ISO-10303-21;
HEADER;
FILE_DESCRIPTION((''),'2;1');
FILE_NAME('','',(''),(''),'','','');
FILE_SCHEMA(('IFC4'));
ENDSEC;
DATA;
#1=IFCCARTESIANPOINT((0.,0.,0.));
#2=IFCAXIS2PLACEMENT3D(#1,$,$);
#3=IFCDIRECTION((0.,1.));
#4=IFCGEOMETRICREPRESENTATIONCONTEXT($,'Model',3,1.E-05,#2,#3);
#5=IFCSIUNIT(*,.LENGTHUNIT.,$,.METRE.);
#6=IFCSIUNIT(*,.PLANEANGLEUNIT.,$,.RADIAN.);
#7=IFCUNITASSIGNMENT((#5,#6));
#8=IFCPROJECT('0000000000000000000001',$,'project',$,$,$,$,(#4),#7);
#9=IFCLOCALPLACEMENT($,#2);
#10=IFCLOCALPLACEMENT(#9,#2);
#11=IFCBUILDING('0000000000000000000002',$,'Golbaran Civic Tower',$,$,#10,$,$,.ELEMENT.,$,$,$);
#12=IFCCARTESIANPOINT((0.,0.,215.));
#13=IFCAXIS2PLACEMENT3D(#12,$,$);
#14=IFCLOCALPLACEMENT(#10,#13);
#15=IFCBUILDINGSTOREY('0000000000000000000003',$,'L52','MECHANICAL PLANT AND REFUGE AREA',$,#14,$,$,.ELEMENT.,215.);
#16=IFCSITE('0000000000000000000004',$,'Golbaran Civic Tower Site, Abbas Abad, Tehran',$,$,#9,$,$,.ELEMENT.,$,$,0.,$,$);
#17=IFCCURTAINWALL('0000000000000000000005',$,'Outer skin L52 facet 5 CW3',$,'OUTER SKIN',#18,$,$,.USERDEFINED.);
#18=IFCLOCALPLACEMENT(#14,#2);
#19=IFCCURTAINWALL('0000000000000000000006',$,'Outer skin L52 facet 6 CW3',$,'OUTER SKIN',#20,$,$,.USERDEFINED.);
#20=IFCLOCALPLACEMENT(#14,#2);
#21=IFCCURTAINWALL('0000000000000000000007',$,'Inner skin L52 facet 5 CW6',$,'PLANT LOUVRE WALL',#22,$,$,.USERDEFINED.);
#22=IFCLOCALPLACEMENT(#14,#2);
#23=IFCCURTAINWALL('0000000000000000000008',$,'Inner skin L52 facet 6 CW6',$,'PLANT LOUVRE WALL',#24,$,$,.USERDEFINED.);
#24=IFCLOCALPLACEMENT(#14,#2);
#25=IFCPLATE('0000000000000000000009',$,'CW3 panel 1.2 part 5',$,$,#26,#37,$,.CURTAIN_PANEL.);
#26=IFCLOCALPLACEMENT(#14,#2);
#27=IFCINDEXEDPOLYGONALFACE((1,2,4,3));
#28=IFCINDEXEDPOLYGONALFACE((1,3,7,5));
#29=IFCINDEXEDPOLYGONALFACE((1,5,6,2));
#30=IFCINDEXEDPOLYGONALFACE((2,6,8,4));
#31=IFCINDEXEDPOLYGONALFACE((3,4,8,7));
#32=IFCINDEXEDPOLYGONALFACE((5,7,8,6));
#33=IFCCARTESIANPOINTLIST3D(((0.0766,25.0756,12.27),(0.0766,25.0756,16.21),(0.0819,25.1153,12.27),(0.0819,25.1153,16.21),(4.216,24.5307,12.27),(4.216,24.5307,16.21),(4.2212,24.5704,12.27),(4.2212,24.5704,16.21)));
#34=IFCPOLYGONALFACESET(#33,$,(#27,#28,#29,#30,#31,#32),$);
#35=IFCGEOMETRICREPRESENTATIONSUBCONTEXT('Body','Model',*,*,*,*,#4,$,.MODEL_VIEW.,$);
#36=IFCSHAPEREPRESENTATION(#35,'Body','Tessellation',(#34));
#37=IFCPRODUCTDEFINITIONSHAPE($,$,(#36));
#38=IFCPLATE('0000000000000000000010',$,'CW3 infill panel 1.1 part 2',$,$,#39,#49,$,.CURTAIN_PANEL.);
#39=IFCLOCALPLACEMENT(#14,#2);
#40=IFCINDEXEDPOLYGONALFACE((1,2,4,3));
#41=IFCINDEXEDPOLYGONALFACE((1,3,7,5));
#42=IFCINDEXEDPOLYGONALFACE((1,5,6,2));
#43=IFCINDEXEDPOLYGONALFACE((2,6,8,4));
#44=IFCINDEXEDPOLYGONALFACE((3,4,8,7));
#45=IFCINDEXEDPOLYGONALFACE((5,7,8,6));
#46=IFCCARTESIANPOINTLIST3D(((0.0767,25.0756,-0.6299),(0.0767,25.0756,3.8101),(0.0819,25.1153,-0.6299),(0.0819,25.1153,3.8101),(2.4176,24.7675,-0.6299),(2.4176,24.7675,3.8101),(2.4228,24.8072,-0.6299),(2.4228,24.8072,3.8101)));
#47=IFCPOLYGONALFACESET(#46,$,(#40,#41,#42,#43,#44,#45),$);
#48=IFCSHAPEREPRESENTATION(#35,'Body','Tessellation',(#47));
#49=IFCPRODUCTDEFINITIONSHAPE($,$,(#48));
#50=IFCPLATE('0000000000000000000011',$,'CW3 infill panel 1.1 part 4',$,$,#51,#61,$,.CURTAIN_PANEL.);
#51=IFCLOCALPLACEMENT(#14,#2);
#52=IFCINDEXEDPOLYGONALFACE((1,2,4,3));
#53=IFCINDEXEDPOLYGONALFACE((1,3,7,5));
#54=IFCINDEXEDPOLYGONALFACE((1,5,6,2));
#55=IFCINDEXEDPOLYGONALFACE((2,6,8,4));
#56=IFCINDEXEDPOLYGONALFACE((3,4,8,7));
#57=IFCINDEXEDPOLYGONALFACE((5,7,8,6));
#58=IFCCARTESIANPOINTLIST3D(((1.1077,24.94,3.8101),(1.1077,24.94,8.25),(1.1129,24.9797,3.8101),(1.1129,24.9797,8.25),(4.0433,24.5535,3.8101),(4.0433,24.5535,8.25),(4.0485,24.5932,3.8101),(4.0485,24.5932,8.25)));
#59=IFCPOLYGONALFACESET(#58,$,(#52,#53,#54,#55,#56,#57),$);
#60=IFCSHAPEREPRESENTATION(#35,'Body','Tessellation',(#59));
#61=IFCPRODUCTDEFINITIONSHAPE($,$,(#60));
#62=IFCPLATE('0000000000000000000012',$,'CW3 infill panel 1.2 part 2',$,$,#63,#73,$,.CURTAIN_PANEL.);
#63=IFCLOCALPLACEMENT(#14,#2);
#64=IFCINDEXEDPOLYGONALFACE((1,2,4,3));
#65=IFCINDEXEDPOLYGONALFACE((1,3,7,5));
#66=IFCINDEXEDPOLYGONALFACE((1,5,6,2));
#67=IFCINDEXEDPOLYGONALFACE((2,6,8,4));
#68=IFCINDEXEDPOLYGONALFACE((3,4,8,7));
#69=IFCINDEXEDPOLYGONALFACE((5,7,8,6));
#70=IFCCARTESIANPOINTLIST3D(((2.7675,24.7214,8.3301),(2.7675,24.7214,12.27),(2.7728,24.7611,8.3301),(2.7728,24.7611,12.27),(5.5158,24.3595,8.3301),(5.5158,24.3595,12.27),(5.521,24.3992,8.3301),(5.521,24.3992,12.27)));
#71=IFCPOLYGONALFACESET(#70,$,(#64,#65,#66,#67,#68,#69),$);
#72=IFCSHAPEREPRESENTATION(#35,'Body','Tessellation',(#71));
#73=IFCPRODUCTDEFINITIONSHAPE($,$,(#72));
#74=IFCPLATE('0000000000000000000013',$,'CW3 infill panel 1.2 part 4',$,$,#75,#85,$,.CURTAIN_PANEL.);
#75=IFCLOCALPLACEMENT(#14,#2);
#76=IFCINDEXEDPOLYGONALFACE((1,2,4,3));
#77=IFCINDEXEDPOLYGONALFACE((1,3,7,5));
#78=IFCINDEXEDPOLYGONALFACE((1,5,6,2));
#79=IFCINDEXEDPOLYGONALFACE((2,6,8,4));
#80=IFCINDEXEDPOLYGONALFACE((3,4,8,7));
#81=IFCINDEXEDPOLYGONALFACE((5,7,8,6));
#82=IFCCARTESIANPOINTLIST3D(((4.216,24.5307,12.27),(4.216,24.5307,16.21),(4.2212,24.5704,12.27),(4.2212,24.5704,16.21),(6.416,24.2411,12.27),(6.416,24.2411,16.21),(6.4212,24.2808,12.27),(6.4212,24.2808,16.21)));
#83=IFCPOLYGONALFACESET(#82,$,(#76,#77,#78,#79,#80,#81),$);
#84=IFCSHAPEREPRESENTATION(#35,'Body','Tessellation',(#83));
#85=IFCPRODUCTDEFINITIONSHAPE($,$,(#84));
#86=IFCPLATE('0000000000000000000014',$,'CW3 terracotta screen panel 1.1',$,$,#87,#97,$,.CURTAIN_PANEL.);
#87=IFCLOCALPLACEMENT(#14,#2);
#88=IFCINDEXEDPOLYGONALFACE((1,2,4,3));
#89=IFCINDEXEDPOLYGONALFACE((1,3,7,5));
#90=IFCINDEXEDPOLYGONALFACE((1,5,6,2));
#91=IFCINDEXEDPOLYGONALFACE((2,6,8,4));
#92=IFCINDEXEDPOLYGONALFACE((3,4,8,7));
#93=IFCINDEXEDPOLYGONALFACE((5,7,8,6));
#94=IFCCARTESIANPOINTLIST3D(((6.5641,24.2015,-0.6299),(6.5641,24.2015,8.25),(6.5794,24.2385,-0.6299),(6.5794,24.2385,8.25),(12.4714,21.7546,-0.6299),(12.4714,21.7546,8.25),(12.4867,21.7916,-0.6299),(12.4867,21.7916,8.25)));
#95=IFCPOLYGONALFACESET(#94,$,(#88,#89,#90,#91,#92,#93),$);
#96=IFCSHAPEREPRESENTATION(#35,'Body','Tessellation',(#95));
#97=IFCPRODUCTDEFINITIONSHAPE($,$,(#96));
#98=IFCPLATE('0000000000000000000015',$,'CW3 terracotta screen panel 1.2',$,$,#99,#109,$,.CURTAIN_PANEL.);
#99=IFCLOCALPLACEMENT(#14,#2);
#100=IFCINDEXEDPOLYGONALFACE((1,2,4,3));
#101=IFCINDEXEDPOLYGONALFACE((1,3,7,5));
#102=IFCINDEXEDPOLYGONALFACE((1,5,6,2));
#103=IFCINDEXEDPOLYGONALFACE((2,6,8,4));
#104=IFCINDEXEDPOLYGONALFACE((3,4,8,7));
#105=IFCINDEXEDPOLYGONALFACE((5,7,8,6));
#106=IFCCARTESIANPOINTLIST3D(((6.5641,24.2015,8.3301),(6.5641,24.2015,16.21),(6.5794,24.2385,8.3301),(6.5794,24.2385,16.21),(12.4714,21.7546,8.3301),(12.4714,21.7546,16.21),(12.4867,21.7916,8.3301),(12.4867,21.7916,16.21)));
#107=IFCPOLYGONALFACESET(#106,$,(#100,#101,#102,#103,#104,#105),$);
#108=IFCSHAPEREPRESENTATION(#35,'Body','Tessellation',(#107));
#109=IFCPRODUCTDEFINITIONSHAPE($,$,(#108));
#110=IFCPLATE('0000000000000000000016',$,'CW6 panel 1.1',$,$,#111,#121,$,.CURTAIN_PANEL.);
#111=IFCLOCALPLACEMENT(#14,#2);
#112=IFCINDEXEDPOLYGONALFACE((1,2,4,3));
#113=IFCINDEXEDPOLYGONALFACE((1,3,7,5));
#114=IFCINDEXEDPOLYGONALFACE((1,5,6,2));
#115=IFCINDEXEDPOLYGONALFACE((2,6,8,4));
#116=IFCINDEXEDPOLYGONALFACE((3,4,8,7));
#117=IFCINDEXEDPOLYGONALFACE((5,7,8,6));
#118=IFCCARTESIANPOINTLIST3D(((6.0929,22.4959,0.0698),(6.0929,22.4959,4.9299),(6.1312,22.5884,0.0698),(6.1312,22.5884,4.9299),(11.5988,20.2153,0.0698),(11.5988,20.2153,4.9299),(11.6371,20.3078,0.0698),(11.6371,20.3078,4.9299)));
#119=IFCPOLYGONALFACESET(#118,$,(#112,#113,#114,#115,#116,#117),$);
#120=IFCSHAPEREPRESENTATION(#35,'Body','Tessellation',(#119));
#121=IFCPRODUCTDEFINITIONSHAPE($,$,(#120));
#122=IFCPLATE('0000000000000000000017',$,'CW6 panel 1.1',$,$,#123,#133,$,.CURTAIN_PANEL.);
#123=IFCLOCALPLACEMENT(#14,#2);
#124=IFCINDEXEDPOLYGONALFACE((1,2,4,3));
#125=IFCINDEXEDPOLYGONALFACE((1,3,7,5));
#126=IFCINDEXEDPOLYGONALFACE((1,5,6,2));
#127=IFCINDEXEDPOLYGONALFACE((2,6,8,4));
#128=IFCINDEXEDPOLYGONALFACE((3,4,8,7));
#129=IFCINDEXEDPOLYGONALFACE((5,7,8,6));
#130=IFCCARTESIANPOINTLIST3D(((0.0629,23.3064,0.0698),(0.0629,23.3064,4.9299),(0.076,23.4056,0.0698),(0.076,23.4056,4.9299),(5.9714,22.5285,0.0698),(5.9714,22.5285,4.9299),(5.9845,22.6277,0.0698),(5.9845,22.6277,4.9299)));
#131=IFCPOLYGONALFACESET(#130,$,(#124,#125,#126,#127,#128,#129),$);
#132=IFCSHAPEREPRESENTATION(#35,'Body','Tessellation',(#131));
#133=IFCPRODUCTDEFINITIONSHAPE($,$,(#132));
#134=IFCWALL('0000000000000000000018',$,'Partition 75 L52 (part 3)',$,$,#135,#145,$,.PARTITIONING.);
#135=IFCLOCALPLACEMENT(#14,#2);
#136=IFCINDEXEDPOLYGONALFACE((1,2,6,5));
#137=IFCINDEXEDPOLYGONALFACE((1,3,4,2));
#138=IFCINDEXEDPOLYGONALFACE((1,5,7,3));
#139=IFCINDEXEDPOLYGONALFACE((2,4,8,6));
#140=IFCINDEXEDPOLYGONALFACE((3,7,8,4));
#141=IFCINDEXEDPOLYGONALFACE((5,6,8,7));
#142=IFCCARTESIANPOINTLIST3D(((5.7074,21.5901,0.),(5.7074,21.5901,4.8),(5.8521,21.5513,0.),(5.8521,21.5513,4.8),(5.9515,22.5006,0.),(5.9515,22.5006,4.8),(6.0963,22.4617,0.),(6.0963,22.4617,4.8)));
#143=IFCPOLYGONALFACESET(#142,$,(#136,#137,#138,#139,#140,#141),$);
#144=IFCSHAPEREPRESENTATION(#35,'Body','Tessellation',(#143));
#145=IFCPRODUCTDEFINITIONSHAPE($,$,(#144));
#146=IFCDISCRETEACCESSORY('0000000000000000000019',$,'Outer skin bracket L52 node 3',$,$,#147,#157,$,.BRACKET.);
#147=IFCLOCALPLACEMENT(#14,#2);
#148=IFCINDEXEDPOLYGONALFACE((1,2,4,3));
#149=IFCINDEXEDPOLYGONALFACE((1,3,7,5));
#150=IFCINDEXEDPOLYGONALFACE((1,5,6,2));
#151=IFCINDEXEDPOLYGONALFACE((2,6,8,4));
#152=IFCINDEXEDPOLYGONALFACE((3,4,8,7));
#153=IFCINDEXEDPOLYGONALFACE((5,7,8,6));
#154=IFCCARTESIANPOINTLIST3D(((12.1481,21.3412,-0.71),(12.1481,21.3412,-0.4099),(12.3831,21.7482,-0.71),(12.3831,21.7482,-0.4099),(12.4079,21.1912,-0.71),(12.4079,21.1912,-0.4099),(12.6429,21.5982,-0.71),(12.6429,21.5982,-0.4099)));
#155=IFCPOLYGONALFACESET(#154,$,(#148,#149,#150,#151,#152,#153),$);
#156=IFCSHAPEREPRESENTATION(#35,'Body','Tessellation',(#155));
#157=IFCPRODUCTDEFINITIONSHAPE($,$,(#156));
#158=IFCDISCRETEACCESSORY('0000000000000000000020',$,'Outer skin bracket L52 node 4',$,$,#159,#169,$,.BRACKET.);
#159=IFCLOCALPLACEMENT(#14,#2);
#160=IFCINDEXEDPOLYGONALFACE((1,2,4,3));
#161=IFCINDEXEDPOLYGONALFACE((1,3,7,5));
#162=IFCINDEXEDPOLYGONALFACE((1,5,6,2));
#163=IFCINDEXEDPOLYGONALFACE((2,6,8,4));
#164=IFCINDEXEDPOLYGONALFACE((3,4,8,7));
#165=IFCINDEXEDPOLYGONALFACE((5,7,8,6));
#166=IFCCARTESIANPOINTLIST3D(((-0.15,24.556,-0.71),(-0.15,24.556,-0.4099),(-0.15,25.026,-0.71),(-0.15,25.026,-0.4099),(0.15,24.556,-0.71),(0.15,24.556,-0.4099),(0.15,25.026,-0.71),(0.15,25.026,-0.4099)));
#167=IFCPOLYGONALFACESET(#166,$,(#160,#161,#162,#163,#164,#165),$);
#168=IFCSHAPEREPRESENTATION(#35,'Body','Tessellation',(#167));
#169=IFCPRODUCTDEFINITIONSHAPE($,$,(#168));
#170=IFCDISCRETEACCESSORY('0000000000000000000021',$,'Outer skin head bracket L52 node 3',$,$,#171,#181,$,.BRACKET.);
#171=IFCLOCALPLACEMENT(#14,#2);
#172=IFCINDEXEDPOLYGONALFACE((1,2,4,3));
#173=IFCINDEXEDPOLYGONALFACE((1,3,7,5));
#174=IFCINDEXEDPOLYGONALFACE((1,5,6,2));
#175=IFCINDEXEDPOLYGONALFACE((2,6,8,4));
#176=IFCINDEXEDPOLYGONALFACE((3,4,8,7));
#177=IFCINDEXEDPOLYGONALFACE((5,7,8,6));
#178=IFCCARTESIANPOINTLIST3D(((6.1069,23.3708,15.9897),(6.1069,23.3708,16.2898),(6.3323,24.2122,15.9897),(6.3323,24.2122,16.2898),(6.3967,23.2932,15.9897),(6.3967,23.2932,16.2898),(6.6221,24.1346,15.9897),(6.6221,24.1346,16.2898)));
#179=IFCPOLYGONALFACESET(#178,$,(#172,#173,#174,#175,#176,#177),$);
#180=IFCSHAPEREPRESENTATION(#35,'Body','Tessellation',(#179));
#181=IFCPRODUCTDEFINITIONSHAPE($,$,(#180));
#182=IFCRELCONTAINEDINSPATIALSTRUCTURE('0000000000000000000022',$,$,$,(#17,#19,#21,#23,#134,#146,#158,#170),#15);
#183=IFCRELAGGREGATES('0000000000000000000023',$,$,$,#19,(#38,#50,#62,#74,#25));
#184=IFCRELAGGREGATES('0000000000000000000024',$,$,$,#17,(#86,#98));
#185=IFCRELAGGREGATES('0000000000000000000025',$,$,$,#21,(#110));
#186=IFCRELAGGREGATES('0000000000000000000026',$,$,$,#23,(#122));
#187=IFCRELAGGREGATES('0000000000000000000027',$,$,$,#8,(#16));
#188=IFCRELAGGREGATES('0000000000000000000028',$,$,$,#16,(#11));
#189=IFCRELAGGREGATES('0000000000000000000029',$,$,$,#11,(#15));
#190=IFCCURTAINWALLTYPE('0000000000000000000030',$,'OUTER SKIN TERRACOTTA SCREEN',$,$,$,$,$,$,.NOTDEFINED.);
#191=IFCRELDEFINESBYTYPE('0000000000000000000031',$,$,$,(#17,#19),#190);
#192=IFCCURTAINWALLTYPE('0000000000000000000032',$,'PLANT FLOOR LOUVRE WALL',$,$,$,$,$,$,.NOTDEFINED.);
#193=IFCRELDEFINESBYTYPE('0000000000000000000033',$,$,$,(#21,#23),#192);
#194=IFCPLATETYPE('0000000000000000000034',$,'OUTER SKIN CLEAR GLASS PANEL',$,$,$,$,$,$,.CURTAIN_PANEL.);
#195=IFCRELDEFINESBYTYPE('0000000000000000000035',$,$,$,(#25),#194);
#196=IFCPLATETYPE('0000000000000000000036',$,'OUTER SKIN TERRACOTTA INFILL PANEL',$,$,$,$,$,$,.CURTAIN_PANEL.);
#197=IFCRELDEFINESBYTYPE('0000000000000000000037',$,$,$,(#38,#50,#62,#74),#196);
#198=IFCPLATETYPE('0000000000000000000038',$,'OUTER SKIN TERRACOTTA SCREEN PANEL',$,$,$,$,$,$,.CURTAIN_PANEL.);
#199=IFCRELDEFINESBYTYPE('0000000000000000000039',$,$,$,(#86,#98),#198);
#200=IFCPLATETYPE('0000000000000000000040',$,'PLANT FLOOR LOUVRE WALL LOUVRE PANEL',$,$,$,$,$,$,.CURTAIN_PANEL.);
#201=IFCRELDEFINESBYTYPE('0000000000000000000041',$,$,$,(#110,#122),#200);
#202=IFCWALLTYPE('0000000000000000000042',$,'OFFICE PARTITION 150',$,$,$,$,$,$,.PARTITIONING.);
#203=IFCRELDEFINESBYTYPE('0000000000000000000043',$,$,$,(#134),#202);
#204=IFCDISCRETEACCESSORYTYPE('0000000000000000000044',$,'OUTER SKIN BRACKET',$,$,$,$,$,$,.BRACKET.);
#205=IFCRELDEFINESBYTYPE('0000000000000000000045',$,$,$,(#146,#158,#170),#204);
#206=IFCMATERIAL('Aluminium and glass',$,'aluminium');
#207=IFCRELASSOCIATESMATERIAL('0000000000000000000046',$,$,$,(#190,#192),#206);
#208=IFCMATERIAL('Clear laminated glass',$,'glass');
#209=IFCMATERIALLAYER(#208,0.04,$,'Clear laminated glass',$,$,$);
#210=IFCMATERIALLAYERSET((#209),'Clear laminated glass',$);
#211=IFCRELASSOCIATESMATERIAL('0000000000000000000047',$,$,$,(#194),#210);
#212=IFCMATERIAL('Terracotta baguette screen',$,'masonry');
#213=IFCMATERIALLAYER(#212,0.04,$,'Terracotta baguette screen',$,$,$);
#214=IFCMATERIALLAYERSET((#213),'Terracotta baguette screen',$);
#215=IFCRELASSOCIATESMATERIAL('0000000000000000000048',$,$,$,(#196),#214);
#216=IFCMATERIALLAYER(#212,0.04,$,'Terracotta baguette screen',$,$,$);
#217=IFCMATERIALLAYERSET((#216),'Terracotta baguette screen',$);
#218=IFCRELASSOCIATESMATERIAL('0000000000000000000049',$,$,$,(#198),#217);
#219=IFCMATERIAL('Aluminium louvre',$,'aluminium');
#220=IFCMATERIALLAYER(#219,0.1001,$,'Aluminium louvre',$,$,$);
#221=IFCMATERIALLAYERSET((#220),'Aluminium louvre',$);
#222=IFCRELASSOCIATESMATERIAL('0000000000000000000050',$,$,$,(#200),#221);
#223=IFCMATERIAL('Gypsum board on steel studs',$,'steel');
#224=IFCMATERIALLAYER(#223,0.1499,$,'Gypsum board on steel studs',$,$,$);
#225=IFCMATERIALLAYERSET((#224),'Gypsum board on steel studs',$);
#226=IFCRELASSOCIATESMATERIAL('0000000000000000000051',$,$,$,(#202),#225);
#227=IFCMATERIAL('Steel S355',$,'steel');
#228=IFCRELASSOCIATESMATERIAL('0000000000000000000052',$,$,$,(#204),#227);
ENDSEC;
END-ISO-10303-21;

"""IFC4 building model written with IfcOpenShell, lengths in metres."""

from ifc_helpers import new_model, si_unit, direction, frame, frame_2d, origin, origin_2d, place, context, subcontext, project, spatial, rectangle, extrude, material, layer, layer_set, type_object, element, aggregate, save


model = new_model("IFC4")

# Units and contexts
model_context = context("Model", 3, precision=1e-05, world=origin(), true_north=direction((0.0, 1.0)))
body_context = subcontext(model_context, "Body", "Model", "MODEL_VIEW")
ifc_project = project(units=[si_unit("LENGTHUNIT", "METRE"), si_unit("PLANEANGLEUNIT", "RADIAN")], contexts=[model_context])

# Site, building, storey
site_placement = place(None, origin())
site = spatial("IfcSite", under=ifc_project, at=site_placement, Name="Golbaran Civic Tower Site, Abbas Abad, Tehran", CompositionType="ELEMENT", RefElevation=0.0)
building_placement = place(site_placement, origin())
building = spatial("IfcBuilding", under=site, at=building_placement, Name="Golbaran Civic Tower", CompositionType="ELEMENT")
storey_placement = place(building_placement, frame((0.0, 0.0, 215.0)))
storey = spatial("IfcBuildingStorey", under=building, at=storey_placement, Name="L52", Description="MECHANICAL PLANT AND REFUGE AREA", CompositionType="ELEMENT", Elevation=215.0)

# Shared definitions
ifc_material_1 = material(Name="Steel S355", Category="steel")

# Shared definitions
ifc_material_2 = material(Name="Aluminium and glass", Category="aluminium")
curtain_wall_type_1 = type_object("IfcCurtainWallType", Name="OUTER SKIN TERRACOTTA SCREEN", PredefinedType="NOTDEFINED", material=ifc_material_2)

# Curtain walls
curtain_wall_1_placement = place(storey_placement, origin())
curtain_wall_1 = element("IfcCurtainWall", 1, at=curtain_wall_1_placement, inside=storey, type_object=curtain_wall_type_1, Name="Outer skin L52 facet 5 CW3", ObjectType="OUTER SKIN", PredefinedType="USERDEFINED")
curtain_wall_2_placement = place(storey_placement, origin())
curtain_wall_2 = element("IfcCurtainWall", 2, at=curtain_wall_2_placement, inside=storey, type_object=curtain_wall_type_1, Name="Outer skin L52 facet 6 CW3", ObjectType="OUTER SKIN", PredefinedType="USERDEFINED")

# Curtain wall
curtain_wall_type_2 = type_object("IfcCurtainWallType", Name="PLANT FLOOR LOUVRE WALL", PredefinedType="NOTDEFINED", material=ifc_material_2)
curtain_wall_3_placement = place(storey_placement, origin())
curtain_wall_3 = element("IfcCurtainWall", 3, at=curtain_wall_3_placement, inside=storey, type_object=curtain_wall_type_2, Name="Inner skin L52 facet 5 CW6", ObjectType="PLANT LOUVRE WALL", PredefinedType="USERDEFINED")

# Curtain wall
curtain_wall_4_placement = place(storey_placement, origin())
curtain_wall_4 = element("IfcCurtainWall", 4, at=curtain_wall_4_placement, inside=storey, type_object=curtain_wall_type_2, Name="Inner skin L52 facet 6 CW6", ObjectType="PLANT LOUVRE WALL", PredefinedType="USERDEFINED")

# Plates
ifc_material_3 = material(Name="Clear laminated glass", Category="glass")
ifc_layer_1 = layer(ifc_material_3, 0.04, Name="Clear laminated glass")
ifc_layer_set_1 = layer_set([ifc_layer_1], Name="Clear laminated glass")
plate_type_1 = type_object("IfcPlateType", Name="OUTER SKIN CLEAR GLASS PANEL", PredefinedType="CURTAIN_PANEL", material=ifc_layer_set_1)
plate_1_placement = place(storey_placement, frame((2.1489, 24.823, 12.27), z_axis=(0.0, 0.0, 1.0), x_axis=(-0.991445, 0.130526, 0.0)))
plate_1 = element("IfcPlate", 5, at=plate_1_placement, type_object=plate_type_1, Name="CW3 panel 1.2 part 5", PredefinedType="CURTAIN_PANEL", context=body_context, shape_type="SweptSolid", body=[
    extrude(rectangle(XDim=4.175, YDim=0.04, at=origin_2d()), origin(), (0.0, 0.0, 1.0), 3.9399),
])
ifc_material_4 = material(Name="Terracotta baguette screen", Category="masonry")
ifc_layer_2 = layer(ifc_material_4, 0.04, Name="Terracotta baguette screen")
ifc_layer_set_2 = layer_set([ifc_layer_2], Name="Terracotta baguette screen")
plate_type_2 = type_object("IfcPlateType", Name="OUTER SKIN TERRACOTTA INFILL PANEL", PredefinedType="CURTAIN_PANEL", material=ifc_layer_set_2)
plate_2_placement = place(storey_placement, frame((1.2498, 24.9414, -0.6299), z_axis=(0.0, 0.0, 1.0), x_axis=(-0.991445, 0.130526, 0.0)))
plate_2 = element("IfcPlate", 6, at=plate_2_placement, type_object=plate_type_2, Name="CW3 infill panel 1.1 part 2", PredefinedType="CURTAIN_PANEL", context=body_context, shape_type="SweptSolid", body=[
    extrude(rectangle(XDim=2.3611, YDim=0.04, at=origin_2d()), origin(), (0.0, 0.0, 1.0), 4.4399),
])
plate_3_placement = place(storey_placement, frame((2.5781, 24.7666, 3.8101), z_axis=(0.0, 0.0, 1.0), x_axis=(-0.991445, 0.130526, 0.0)))
plate_3 = element("IfcPlate", 7, at=plate_3_placement, type_object=plate_type_2, Name="CW3 infill panel 1.1 part 4", PredefinedType="CURTAIN_PANEL", context=body_context, shape_type="SweptSolid", body=[
    extrude(rectangle(XDim=2.9609, YDim=0.04, at=origin_2d()), origin(), (0.0, 0.0, 1.0), 4.4399),
])
plate_4_placement = place(storey_placement, frame((4.1443, 24.5603, 8.3301), z_axis=(0.0, 0.0, 1.0), x_axis=(-0.991445, 0.130526, 0.0)))
plate_4 = element("IfcPlate", 8, at=plate_4_placement, type_object=plate_type_2, Name="CW3 infill panel 1.2 part 2", PredefinedType="CURTAIN_PANEL", context=body_context, shape_type="SweptSolid", body=[
    extrude(rectangle(XDim=2.772, YDim=0.04, at=origin_2d()), origin(), (0.0, 0.0, 1.0), 3.9399),
])
plate_5_placement = place(storey_placement, frame((5.3186, 24.4058, 12.27), z_axis=(0.0, 0.0, 1.0), x_axis=(-0.991445, 0.130526, 0.0)))
plate_5 = element("IfcPlate", 9, at=plate_5_placement, type_object=plate_type_2, Name="CW3 infill panel 1.2 part 4", PredefinedType="CURTAIN_PANEL", context=body_context, shape_type="SweptSolid", body=[
    extrude(rectangle(XDim=2.219, YDim=0.04, at=origin_2d()), origin(), (0.0, 0.0, 1.0), 3.9399),
])
aggregate(curtain_wall_2, [plate_2, plate_3, plate_4, plate_5, plate_1])
ifc_layer_3 = layer(ifc_material_4, 0.04, Name="Terracotta baguette screen")
ifc_layer_set_3 = layer_set([ifc_layer_3], Name="Terracotta baguette screen")
plate_type_3 = type_object("IfcPlateType", Name="OUTER SKIN TERRACOTTA SCREEN PANEL", PredefinedType="CURTAIN_PANEL", material=ifc_layer_set_3)
plate_6_placement = place(storey_placement, frame((9.5254, 22.9966, -0.6299), z_axis=(0.0, 0.0, 1.0), x_axis=(-0.92388, 0.382683, 0.0)))
plate_6 = element("IfcPlate", 10, at=plate_6_placement, type_object=plate_type_3, Name="CW3 terracotta screen panel 1.1", PredefinedType="CURTAIN_PANEL", context=body_context, shape_type="SweptSolid", body=[
    extrude(rectangle(XDim=6.394, YDim=0.04, at=origin_2d()), origin(), (0.0, 0.0, 1.0), 8.8799),
])
plate_7_placement = place(storey_placement, frame((9.5254, 22.9966, 8.3301), z_axis=(0.0, 0.0, 1.0), x_axis=(-0.92388, 0.382683, 0.0)))
plate_7 = element("IfcPlate", 11, at=plate_7_placement, type_object=plate_type_3, Name="CW3 terracotta screen panel 1.2", PredefinedType="CURTAIN_PANEL", context=body_context, shape_type="SweptSolid", body=[
    extrude(rectangle(XDim=6.394, YDim=0.04, at=origin_2d()), origin(), (0.0, 0.0, 1.0), 7.8799),
])
aggregate(curtain_wall_1, [plate_6, plate_7])
ifc_material_5 = material(Name="Aluminium louvre", Category="aluminium")
ifc_layer_4 = layer(ifc_material_5, 0.1001, Name="Aluminium louvre")
ifc_layer_set_4 = layer_set([ifc_layer_4], Name="Aluminium louvre")
plate_type_4 = type_object("IfcPlateType", Name="PLANT FLOOR LOUVRE WALL LOUVRE PANEL", PredefinedType="CURTAIN_PANEL", material=ifc_layer_set_4)
plate_8_placement = place(storey_placement, frame((8.865, 21.4019, 0.0698), z_axis=(0.0, 0.0, 1.0), x_axis=(-0.92388, 0.382683, 0.0)))
plate_8 = element("IfcPlate", 12, at=plate_8_placement, type_object=plate_type_4, Name="CW6 panel 1.1", PredefinedType="CURTAIN_PANEL", context=body_context, shape_type="SweptSolid", body=[
    extrude(rectangle(XDim=5.9595, YDim=0.1001, at=origin_2d()), origin(), (0.0, 0.0, 1.0), 4.8601),
])
aggregate(curtain_wall_3, [plate_8])
plate_9_placement = place(storey_placement, frame((3.0237, 22.967, 0.0698), z_axis=(0.0, 0.0, 1.0), x_axis=(-0.991445, 0.130526, 0.0)))
plate_9 = element("IfcPlate", 13, at=plate_9_placement, type_object=plate_type_4, Name="CW6 panel 1.1", PredefinedType="CURTAIN_PANEL", context=body_context, shape_type="SweptSolid", body=[
    extrude(rectangle(XDim=5.9595, YDim=0.1001, at=origin_2d()), origin(), (0.0, 0.0, 1.0), 4.8601),
])
aggregate(curtain_wall_4, [plate_9])

# Wall
ifc_material_6 = material(Name="Gypsum board on steel studs", Category="steel")
ifc_layer_5 = layer(ifc_material_6, 0.1499, Name="Gypsum board on steel studs")
ifc_layer_set_5 = layer_set([ifc_layer_5], Name="Gypsum board on steel studs")
wall_type = type_object("IfcWallType", Name="OFFICE PARTITION 150", PredefinedType="PARTITIONING", material=ifc_layer_set_5)
wall_placement = place(storey_placement, frame((5.7798, 21.5708, 0.0), z_axis=(0.0, 0.0, 1.0), x_axis=(0.259017, 0.965873, 0.0)))
element("IfcWall", 14, at=wall_placement, inside=storey, type_object=wall_type, Name="Partition 75 L52 (part 3)", PredefinedType="PARTITIONING", context=body_context, shape_type="SweptSolid", body=[
    extrude(rectangle(XDim=0.9426, YDim=0.1499, at=frame_2d((0.4712, 0.0))), origin(), (0.0, 0.0, 1.0), 4.8),
])

# Discrete accessories
discrete_accessory_type = type_object("IfcDiscreteAccessoryType", Name="OUTER SKIN BRACKET", PredefinedType="BRACKET", material=ifc_material_1)
for number, where, z_axis, x_axis, name in (
    (15, (12.3955, 21.4697, -0.71), (0.0, 0.0, 1.0), (0.5, 0.866025, 0.0), "Outer skin bracket L52 node 3"),
    (16, (0.0, 24.791, -0.71), (0.0, 0.0, 1.0), (0.0, 1.0, 0.0), "Outer skin bracket L52 node 4"),
):
    element("IfcDiscreteAccessory", number, at=place(storey_placement, frame(where, z_axis=z_axis, x_axis=x_axis)), inside=storey, type_object=discrete_accessory_type, Name=name, PredefinedType="BRACKET", context=body_context, shape_type="SweptSolid", body=[
        extrude(rectangle(XDim=0.47, YDim=0.3, at=origin_2d()), origin(), (0.0, 0.0, 1.0), 0.3),
    ])
discrete_accessory_placement = place(storey_placement, frame((6.3645, 23.7527, 15.9897), z_axis=(0.0, 0.0, 1.0), x_axis=(0.258819, 0.965926, 0.0)))
element("IfcDiscreteAccessory", 17, at=discrete_accessory_placement, inside=storey, type_object=discrete_accessory_type, Name="Outer skin head bracket L52 node 3", PredefinedType="BRACKET", context=body_context, shape_type="SweptSolid", body=[
    extrude(rectangle(XDim=0.8711, YDim=0.3, at=origin_2d()), origin(), (0.0, 0.0, 1.0), 0.3),
])

save(model, "model.ifc")
